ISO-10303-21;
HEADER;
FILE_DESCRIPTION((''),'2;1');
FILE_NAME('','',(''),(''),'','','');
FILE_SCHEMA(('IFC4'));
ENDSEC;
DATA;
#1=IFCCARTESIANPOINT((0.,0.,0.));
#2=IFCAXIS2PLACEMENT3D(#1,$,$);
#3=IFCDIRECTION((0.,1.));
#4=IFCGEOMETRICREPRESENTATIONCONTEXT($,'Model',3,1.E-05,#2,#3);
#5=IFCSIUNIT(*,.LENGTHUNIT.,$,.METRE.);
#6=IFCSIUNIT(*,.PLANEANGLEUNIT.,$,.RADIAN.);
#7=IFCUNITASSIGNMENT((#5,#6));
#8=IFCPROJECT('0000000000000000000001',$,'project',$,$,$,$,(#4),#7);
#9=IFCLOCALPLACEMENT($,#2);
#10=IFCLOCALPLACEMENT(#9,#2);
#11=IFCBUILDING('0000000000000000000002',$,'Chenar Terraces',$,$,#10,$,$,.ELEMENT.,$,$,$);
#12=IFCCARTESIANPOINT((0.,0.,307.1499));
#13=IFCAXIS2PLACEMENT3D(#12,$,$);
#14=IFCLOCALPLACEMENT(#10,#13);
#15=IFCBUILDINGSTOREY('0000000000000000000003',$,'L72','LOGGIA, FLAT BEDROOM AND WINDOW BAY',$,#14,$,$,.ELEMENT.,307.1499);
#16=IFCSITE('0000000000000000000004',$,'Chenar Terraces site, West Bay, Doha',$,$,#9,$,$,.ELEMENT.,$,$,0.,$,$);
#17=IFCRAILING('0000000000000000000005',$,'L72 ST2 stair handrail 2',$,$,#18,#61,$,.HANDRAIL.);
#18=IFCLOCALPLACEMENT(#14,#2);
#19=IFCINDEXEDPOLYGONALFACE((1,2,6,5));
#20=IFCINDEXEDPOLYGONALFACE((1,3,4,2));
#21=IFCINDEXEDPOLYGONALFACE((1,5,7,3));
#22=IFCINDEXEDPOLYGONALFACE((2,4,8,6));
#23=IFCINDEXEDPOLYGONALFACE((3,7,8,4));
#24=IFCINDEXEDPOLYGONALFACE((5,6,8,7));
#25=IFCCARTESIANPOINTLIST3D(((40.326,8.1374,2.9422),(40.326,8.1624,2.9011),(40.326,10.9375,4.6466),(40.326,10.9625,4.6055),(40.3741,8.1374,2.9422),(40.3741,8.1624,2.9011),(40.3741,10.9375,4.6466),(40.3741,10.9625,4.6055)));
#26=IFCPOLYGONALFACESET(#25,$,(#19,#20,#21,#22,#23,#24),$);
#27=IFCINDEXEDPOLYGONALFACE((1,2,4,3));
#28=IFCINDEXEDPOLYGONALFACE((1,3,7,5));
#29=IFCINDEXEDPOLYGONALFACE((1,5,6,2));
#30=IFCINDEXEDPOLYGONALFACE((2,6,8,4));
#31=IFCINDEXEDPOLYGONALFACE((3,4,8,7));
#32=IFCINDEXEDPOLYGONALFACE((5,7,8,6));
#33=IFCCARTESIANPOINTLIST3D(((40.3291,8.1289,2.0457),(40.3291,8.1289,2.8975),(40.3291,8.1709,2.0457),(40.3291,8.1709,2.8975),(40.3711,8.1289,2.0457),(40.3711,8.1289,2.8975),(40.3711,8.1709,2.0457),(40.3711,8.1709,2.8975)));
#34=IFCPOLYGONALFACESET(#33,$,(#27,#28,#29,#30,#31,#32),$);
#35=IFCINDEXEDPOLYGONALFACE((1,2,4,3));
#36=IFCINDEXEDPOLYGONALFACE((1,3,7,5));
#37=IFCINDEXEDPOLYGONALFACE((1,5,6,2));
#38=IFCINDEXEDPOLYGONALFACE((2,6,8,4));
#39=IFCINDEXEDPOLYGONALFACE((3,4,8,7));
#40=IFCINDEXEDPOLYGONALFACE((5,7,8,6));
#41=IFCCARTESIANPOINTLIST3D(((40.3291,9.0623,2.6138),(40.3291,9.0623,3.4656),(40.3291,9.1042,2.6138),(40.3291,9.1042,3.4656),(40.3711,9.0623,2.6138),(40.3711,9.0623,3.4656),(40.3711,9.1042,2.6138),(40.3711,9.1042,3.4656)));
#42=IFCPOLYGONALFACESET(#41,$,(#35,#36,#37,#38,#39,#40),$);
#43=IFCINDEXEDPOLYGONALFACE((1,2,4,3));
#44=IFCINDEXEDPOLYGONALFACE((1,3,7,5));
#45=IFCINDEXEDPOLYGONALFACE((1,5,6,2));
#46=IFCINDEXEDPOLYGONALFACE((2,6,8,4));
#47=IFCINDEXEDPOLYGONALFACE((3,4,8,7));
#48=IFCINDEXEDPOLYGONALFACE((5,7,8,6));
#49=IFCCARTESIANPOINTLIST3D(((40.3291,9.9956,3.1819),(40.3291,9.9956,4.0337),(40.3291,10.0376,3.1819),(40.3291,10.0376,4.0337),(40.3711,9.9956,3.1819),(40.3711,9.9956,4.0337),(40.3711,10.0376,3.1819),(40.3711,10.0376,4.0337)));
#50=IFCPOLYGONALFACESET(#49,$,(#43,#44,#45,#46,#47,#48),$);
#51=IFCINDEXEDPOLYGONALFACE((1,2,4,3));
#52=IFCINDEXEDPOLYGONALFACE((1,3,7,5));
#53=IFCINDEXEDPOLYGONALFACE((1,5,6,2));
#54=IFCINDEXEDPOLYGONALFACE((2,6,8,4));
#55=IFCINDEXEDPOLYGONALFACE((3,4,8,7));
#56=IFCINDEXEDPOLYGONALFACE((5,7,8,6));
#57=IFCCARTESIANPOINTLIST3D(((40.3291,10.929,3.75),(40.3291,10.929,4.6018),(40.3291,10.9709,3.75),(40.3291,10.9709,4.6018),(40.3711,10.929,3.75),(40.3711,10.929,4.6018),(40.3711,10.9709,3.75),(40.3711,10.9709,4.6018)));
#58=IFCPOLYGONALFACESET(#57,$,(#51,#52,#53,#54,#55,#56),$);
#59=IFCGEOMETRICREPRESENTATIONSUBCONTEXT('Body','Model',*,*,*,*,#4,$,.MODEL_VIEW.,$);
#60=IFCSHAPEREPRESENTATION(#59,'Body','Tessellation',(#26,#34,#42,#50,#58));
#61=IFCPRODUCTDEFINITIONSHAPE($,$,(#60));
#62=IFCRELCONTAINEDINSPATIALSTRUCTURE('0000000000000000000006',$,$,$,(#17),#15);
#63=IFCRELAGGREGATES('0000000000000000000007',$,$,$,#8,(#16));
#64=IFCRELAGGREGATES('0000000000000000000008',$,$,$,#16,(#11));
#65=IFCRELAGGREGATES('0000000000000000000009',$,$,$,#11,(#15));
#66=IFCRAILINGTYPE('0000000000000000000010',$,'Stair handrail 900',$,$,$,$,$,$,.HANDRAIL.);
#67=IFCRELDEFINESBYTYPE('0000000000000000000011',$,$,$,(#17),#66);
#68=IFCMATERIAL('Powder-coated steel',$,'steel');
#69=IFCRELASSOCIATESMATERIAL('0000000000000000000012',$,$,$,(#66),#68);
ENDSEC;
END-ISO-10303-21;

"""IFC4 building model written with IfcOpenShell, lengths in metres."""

from ifc_helpers import new_model, si_unit, direction, frame, origin, origin_2d, place, context, subcontext, project, spatial, rectangle, extrude, material, type_object, element, save


model = new_model("IFC4")

# Units and contexts
model_context = context("Model", 3, precision=1e-05, world=origin(), true_north=direction((0.0, 1.0)))
body_context = subcontext(model_context, "Body", "Model", "MODEL_VIEW")
ifc_project = project(units=[si_unit("LENGTHUNIT", "METRE"), si_unit("PLANEANGLEUNIT", "RADIAN")], contexts=[model_context])

# Site, building, storey
site_placement = place(None, origin())
site = spatial("IfcSite", under=ifc_project, at=site_placement, Name="Chenar Terraces site, West Bay, Doha", CompositionType="ELEMENT", RefElevation=0.0)
building_placement = place(site_placement, origin())
building = spatial("IfcBuilding", under=site, at=building_placement, Name="Chenar Terraces", CompositionType="ELEMENT")
storey_placement = place(building_placement, frame((0.0, 0.0, 307.1499)))
storey = spatial("IfcBuildingStorey", under=building, at=storey_placement, Name="L72", Description="LOGGIA, FLAT BEDROOM AND WINDOW BAY", CompositionType="ELEMENT", Elevation=307.1499)

# Railing
ifc_material_1 = material(Name="Powder-coated steel", Category="steel")
railing_type_1 = type_object("IfcRailingType", Name="Stair handrail 900", PredefinedType="HANDRAIL", material=ifc_material_1)
railing_1_placement = place(storey_placement, frame((40.3501, 8.1499, 2.0457)))
element("IfcRailing", 1, at=railing_1_placement, inside=storey, type_object=railing_type_1, Name="L72 ST2 stair handrail 2", PredefinedType="HANDRAIL", context=body_context, shape_type="SweptSolid", body=[
    extrude(rectangle(XDim=0.0481, YDim=0.0481, at=origin_2d()), frame((0.0, 0.0, 0.876), z_axis=(0.0, 0.854203, 0.51994), x_axis=(-1.0, 0.0, 0.0)), (0.0, 0.0, 1.0), 3.2781),
    extrude(rectangle(XDim=0.042, YDim=0.042, at=origin_2d()), origin(), (0.0, 0.0, 1.0), 0.8518),
    extrude(rectangle(XDim=0.042, YDim=0.042, at=origin_2d()), frame((0.0, 0.9333, 0.5681)), (0.0, 0.0, 1.0), 0.8518),
    extrude(rectangle(XDim=0.042, YDim=0.042, at=origin_2d()), frame((0.0, 1.8667, 1.1362)), (0.0, 0.0, 1.0), 0.8518),
    extrude(rectangle(XDim=0.042, YDim=0.042, at=origin_2d()), frame((0.0, 2.8, 1.7043)), (0.0, 0.0, 1.0), 0.8518),
])

save(model, "model.ifc")
